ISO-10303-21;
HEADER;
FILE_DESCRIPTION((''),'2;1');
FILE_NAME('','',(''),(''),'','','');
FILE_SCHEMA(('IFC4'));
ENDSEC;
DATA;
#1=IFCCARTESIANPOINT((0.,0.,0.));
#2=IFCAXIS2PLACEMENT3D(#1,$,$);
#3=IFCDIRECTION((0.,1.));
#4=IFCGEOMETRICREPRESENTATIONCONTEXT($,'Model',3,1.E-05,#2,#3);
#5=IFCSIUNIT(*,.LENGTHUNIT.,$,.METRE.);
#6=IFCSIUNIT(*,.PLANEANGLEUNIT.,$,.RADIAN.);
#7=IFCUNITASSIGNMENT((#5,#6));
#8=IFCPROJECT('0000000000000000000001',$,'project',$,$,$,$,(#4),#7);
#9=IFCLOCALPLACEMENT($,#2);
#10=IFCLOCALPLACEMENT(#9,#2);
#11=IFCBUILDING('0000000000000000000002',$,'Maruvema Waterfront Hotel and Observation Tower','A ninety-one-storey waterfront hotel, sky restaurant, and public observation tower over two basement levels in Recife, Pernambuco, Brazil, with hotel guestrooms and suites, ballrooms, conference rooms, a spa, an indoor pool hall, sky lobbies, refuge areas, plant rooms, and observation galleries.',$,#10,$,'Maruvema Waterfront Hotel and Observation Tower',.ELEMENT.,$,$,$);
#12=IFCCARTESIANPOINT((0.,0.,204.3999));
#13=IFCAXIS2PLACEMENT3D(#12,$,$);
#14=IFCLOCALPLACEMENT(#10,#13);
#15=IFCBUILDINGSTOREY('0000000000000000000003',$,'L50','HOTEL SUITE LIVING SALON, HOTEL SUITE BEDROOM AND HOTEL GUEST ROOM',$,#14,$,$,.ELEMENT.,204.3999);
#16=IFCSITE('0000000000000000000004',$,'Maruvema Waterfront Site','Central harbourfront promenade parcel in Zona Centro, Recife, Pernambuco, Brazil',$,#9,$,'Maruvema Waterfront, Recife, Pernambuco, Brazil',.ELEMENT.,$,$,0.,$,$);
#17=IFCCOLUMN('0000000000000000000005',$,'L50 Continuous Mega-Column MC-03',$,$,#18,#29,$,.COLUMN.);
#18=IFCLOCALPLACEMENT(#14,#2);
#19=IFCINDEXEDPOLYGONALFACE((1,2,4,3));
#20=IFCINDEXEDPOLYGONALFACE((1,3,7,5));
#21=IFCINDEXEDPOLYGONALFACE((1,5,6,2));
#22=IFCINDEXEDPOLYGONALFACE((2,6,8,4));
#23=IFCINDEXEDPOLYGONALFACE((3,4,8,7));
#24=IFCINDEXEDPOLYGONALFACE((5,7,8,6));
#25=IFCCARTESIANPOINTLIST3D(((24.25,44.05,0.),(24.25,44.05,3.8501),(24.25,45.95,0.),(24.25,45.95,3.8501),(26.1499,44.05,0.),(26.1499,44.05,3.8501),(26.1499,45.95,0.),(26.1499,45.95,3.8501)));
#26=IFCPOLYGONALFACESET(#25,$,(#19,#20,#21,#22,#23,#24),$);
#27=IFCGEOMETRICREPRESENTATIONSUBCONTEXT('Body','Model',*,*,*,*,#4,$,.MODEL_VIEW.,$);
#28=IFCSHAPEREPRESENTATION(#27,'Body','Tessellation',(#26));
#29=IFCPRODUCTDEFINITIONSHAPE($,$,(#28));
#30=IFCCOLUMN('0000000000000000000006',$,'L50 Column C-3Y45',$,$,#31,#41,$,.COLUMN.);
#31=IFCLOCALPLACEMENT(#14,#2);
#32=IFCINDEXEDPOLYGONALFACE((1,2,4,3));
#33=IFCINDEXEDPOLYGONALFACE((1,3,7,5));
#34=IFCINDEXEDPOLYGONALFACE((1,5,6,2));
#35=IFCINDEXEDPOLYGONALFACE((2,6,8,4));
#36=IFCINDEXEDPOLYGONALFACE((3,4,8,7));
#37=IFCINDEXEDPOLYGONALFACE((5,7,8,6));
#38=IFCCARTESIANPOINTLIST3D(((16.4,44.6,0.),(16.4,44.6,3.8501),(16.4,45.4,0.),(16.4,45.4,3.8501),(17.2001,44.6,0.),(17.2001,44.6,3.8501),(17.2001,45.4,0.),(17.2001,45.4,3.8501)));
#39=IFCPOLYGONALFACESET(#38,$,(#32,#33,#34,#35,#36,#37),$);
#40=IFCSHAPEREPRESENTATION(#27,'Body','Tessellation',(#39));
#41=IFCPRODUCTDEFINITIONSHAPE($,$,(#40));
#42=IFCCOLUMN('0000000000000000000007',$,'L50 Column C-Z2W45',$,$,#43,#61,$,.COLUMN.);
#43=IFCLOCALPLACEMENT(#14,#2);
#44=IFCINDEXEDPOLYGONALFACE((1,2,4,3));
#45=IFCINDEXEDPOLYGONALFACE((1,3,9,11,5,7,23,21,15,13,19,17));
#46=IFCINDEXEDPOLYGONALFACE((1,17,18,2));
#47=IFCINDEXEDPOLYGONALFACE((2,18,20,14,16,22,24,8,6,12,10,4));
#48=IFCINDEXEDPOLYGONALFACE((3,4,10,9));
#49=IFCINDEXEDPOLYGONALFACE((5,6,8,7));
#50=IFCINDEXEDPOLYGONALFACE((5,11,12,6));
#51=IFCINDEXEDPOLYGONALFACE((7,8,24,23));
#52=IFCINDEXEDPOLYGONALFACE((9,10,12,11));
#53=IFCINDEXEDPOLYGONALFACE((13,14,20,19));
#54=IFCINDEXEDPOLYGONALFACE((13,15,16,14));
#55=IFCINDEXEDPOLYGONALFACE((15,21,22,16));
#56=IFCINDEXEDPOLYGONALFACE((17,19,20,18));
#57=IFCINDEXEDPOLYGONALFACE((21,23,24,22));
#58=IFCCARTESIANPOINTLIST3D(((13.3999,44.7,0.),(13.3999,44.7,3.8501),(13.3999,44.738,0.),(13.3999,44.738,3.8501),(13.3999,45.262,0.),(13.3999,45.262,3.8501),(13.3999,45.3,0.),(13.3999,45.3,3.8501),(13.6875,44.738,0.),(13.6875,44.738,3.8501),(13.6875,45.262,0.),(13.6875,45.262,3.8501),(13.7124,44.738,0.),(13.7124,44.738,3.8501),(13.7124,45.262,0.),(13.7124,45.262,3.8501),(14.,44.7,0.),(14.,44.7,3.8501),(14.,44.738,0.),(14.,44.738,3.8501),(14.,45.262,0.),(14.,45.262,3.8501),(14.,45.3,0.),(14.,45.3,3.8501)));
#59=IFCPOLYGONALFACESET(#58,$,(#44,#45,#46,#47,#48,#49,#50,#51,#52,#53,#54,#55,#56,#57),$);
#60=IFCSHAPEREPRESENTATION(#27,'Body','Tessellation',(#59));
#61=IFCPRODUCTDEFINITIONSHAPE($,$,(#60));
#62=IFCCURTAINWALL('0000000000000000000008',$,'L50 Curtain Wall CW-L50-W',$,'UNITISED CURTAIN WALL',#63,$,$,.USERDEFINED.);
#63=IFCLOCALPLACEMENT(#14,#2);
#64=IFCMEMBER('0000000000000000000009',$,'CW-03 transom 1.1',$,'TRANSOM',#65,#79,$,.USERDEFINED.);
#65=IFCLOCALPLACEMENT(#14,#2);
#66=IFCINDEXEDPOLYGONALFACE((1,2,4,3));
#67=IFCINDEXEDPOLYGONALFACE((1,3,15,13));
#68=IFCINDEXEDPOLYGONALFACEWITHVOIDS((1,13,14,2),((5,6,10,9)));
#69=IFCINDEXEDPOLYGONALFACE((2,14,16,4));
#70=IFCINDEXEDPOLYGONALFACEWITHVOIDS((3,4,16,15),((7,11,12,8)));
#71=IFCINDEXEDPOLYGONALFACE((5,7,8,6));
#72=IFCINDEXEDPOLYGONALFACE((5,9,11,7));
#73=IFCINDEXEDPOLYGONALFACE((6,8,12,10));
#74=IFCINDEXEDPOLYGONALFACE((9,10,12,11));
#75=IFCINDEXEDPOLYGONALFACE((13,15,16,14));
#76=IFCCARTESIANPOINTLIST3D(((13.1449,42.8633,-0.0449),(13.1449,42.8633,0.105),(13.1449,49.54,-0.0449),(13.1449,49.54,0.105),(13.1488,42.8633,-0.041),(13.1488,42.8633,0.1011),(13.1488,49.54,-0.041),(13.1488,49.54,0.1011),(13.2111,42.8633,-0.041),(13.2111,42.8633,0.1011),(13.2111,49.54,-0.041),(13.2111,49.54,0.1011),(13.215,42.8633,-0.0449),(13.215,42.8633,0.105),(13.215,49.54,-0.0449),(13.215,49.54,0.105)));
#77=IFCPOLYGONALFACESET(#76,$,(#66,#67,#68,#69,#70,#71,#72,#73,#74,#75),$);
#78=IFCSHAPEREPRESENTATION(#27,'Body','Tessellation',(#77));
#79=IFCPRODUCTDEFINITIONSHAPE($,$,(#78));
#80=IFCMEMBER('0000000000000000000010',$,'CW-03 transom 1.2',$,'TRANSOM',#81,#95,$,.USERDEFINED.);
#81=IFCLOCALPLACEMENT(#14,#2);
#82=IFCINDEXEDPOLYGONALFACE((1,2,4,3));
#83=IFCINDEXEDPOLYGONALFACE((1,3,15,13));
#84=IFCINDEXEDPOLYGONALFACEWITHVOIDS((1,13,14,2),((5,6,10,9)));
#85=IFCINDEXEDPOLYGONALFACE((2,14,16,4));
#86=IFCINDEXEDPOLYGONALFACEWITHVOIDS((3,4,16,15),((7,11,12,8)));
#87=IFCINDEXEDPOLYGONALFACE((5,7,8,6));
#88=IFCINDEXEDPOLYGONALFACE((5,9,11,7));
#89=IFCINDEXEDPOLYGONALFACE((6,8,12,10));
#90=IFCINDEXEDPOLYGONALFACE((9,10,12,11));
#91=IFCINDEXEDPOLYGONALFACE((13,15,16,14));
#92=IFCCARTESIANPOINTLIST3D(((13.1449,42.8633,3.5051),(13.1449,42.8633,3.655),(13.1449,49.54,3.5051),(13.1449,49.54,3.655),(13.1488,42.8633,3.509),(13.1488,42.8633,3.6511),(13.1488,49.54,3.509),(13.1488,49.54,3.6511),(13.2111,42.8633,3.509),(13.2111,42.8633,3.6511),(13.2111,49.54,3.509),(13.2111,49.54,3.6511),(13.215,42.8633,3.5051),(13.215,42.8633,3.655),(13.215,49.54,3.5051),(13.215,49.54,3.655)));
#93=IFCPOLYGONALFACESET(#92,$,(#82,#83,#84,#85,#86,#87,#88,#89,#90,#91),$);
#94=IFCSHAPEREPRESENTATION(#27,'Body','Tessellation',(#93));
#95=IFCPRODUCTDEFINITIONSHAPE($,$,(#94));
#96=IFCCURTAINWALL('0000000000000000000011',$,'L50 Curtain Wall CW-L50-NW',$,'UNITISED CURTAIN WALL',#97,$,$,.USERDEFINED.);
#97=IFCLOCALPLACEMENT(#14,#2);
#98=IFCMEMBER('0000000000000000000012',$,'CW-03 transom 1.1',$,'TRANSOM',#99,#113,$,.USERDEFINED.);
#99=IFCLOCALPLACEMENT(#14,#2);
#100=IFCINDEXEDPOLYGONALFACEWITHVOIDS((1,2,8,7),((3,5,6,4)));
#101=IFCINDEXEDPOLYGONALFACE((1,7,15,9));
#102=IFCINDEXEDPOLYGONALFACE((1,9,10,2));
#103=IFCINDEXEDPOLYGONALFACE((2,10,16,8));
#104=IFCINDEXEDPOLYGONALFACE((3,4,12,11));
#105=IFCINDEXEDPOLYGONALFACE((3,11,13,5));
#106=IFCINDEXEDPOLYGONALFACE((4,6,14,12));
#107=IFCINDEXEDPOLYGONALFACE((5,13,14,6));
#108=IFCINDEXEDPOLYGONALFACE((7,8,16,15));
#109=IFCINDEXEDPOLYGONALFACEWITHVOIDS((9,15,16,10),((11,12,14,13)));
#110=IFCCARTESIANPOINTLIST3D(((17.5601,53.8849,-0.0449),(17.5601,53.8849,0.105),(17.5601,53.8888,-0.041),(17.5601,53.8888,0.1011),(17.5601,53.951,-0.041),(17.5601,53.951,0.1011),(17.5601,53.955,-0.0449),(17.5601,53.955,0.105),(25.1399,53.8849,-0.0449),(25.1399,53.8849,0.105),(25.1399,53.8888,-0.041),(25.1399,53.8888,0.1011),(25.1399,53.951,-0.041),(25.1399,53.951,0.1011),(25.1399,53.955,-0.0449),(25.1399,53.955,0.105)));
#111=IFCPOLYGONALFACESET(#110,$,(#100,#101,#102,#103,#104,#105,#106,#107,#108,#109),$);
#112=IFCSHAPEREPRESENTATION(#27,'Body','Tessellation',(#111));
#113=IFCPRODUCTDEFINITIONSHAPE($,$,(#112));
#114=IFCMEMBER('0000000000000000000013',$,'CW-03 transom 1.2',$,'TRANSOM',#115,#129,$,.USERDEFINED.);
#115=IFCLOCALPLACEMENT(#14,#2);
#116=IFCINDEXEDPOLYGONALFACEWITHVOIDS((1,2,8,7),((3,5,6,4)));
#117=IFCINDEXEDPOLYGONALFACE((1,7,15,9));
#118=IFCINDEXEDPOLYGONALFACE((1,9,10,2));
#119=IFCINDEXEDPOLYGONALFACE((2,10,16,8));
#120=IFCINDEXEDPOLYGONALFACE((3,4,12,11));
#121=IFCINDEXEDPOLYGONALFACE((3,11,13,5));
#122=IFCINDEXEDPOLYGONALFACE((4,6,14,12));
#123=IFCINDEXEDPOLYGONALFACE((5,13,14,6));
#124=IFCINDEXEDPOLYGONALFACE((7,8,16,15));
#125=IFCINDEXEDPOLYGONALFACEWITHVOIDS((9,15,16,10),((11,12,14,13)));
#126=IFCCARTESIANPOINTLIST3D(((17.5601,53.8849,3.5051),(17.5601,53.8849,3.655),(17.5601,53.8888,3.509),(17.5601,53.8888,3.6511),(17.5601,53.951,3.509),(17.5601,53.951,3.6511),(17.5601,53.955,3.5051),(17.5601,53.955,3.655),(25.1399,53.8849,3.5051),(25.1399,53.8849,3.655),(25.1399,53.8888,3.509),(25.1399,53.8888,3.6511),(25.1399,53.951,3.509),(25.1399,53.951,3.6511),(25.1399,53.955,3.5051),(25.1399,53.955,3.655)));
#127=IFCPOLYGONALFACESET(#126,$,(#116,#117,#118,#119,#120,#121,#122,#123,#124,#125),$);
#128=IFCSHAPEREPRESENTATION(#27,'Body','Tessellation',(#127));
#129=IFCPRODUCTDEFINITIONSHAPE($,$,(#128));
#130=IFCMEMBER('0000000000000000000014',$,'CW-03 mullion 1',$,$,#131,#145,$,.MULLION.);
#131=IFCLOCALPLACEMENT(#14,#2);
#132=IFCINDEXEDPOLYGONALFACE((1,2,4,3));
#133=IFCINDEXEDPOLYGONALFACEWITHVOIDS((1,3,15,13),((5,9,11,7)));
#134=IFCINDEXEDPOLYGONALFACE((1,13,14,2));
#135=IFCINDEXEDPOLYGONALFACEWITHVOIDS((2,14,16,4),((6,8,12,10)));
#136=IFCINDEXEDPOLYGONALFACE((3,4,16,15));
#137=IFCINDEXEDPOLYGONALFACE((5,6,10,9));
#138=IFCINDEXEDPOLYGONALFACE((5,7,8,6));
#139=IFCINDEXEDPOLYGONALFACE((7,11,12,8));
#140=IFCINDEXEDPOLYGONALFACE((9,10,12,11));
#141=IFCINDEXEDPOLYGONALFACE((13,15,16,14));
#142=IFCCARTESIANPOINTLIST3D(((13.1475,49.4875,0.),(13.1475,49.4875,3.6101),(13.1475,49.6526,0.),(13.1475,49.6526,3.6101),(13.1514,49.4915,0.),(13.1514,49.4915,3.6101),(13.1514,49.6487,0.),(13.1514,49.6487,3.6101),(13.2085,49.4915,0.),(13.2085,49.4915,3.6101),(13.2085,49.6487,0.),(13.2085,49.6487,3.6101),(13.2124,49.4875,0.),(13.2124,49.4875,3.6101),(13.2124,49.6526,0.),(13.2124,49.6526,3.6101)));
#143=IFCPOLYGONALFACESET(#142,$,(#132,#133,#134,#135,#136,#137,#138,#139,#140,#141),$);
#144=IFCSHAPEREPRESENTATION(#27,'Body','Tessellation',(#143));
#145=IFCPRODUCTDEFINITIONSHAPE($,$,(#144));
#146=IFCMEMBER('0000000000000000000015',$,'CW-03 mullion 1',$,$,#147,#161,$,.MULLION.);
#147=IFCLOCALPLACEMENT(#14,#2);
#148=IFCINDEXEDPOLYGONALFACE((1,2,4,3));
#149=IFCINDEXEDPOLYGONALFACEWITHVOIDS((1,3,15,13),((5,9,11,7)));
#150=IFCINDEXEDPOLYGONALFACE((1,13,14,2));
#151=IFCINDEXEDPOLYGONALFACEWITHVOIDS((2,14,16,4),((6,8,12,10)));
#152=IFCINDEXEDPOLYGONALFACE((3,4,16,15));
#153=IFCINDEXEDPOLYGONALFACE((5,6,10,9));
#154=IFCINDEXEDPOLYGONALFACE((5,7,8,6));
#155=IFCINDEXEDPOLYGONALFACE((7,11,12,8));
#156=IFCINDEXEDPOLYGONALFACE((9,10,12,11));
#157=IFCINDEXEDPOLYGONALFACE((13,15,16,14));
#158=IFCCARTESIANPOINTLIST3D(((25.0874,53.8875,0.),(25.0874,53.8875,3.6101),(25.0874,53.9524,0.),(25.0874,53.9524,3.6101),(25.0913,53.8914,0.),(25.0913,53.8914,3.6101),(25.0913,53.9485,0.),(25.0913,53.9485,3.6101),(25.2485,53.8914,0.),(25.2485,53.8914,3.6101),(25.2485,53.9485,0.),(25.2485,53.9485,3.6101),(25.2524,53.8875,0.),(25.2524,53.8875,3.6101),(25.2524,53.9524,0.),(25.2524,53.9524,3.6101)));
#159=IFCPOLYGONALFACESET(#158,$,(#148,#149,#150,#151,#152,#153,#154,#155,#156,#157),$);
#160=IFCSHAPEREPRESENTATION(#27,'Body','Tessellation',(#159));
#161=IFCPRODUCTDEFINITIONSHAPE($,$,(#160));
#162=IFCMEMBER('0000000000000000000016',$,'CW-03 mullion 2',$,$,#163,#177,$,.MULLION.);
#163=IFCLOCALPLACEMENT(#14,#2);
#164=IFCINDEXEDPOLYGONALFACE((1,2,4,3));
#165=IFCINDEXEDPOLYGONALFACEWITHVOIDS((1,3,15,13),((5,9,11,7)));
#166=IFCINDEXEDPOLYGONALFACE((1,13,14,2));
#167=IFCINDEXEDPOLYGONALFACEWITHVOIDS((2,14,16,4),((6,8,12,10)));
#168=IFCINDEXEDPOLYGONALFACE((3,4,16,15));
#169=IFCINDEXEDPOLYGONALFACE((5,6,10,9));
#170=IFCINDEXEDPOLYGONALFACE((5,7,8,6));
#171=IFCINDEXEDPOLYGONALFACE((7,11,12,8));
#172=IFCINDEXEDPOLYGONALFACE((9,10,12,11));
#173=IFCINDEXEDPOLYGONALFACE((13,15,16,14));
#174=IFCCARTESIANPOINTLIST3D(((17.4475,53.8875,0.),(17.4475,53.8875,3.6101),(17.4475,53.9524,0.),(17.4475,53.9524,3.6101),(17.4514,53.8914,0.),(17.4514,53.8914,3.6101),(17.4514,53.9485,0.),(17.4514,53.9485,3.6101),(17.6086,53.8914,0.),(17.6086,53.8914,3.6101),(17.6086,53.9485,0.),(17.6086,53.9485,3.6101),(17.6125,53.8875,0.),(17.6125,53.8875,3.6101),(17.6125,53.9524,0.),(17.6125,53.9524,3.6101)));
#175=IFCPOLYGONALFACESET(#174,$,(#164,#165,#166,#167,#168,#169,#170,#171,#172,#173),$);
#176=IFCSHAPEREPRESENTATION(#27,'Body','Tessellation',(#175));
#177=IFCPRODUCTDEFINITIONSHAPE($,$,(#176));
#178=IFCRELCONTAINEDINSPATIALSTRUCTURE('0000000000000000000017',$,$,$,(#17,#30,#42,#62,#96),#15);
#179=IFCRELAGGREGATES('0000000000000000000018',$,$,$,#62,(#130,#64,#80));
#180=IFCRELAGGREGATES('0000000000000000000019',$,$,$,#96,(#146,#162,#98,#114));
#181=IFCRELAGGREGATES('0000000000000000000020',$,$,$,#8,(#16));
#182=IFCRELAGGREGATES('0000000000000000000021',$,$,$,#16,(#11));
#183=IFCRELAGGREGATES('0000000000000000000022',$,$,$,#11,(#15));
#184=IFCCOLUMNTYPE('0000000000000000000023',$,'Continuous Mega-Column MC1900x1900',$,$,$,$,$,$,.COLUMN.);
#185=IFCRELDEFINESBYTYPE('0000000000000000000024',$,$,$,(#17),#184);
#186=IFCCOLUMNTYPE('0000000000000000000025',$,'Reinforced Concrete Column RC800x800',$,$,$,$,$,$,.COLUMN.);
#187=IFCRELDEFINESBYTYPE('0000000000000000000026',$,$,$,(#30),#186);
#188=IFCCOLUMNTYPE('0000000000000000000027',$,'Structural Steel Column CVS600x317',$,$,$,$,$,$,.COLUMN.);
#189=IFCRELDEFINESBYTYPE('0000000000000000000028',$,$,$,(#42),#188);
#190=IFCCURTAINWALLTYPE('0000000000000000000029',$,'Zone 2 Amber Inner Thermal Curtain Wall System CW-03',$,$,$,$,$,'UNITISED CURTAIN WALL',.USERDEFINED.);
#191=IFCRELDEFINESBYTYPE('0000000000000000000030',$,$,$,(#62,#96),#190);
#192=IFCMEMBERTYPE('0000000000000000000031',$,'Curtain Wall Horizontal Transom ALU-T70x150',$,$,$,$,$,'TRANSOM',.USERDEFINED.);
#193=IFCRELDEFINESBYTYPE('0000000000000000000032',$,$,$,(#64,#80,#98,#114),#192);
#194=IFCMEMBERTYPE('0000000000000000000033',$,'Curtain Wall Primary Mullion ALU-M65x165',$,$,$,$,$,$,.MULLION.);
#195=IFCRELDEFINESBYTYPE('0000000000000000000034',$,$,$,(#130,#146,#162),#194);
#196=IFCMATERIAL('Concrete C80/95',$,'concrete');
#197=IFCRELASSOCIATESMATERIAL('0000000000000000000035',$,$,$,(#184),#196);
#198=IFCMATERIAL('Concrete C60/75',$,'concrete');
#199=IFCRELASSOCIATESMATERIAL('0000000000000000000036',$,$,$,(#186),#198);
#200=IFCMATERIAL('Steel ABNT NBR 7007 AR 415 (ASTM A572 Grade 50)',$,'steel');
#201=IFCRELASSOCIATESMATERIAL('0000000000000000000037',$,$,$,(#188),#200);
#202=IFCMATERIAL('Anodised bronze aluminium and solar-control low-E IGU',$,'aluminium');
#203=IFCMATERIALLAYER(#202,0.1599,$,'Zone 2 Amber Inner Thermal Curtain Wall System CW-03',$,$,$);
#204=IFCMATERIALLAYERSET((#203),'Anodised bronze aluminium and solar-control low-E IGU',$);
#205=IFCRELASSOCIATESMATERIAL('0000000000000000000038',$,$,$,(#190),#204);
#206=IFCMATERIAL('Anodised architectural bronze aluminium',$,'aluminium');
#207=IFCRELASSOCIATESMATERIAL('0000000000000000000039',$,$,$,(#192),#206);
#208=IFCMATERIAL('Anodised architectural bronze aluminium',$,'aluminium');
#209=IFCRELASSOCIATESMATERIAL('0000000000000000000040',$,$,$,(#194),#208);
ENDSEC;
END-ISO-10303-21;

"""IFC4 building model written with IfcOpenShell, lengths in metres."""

from ifc_helpers import new_model, si_unit, direction, frame, origin, origin_2d, place, context, subcontext, project, spatial, rectangle, hollow_rectangle, i_section, extrude, material, layer, layer_set, material_profile, profile_set, type_object, element, aggregate, save


model = new_model("IFC4")

# Units and contexts
model_context = context("Model", 3, precision=1e-05, world=origin(), true_north=direction((0.0, 1.0)))
body_context = subcontext(model_context, "Body", "Model", "MODEL_VIEW")
ifc_project = project(units=[si_unit("LENGTHUNIT", "METRE"), si_unit("PLANEANGLEUNIT", "RADIAN")], contexts=[model_context])

# Site, building, storey
site_placement = place(None, origin())
site = spatial("IfcSite", under=ifc_project, at=site_placement, Name="Maruvema Waterfront Site", Description="Central harbourfront promenade parcel in Zona Centro, Recife, Pernambuco, Brazil", LongName="Maruvema Waterfront, Recife, Pernambuco, Brazil", CompositionType="ELEMENT", RefElevation=0.0)
building_placement = place(site_placement, origin())
building = spatial("IfcBuilding", under=site, at=building_placement, Name="Maruvema Waterfront Hotel and Observation Tower", Description="A ninety-one-storey waterfront hotel, sky restaurant, and public observation tower over two basement levels in Recife, Pernambuco, Brazil, with hotel guestrooms and suites, ballrooms, conference rooms, a spa, an indoor pool hall, sky lobbies, refuge areas, plant rooms, and observation galleries.", LongName="Maruvema Waterfront Hotel and Observation Tower", CompositionType="ELEMENT")
storey_placement = place(building_placement, frame((0.0, 0.0, 204.3999)))
storey = spatial("IfcBuildingStorey", under=building, at=storey_placement, Name="L50", Description="HOTEL SUITE LIVING SALON, HOTEL SUITE BEDROOM AND HOTEL GUEST ROOM", CompositionType="ELEMENT", Elevation=204.3999)

# Columns
ifc_material_1 = material(Name="Concrete C80/95", Category="concrete")
ifc_material_profile_1 = material_profile(ifc_material_1, rectangle(XDim=1.8999, YDim=1.8999, at=origin_2d()), Name="MC1900x1900")
ifc_profile_set_1 = profile_set([ifc_material_profile_1], Name="Concrete C80/95")
column_type_1 = type_object("IfcColumnType", Name="Continuous Mega-Column MC1900x1900", PredefinedType="COLUMN", material=ifc_profile_set_1)
column_1_placement = place(storey_placement, frame((25.2, 45.0, 0.0), z_axis=(0.0, 0.0, 1.0), x_axis=(1.0, 0.0, 0.0)))
element("IfcColumn", 1, at=column_1_placement, inside=storey, type_object=column_type_1, Name="L50 Continuous Mega-Column MC-03", PredefinedType="COLUMN", context=body_context, shape_type="SweptSolid", body=[
    extrude(rectangle(XDim=1.8999, YDim=1.8999, at=origin_2d()), origin(), (0.0, 0.0, 1.0), 3.8501),
])
ifc_material_2 = material(Name="Concrete C60/75", Category="concrete")
ifc_material_profile_2 = material_profile(ifc_material_2, rectangle(XDim=0.8, YDim=0.8, at=origin_2d()), Name="RC800x800")
ifc_profile_set_2 = profile_set([ifc_material_profile_2], Name="Concrete C60/75")
column_type_2 = type_object("IfcColumnType", Name="Reinforced Concrete Column RC800x800", PredefinedType="COLUMN", material=ifc_profile_set_2)
column_2_placement = place(storey_placement, frame((16.8, 45.0, 0.0), z_axis=(0.0, 0.0, 1.0), x_axis=(1.0, 0.0, 0.0)))
element("IfcColumn", 2, at=column_2_placement, inside=storey, type_object=column_type_2, Name="L50 Column C-3Y45", PredefinedType="COLUMN", context=body_context, shape_type="SweptSolid", body=[
    extrude(rectangle(XDim=0.8, YDim=0.8, at=origin_2d()), origin(), (0.0, 0.0, 1.0), 3.8501),
])
ifc_material_3 = material(Name="Steel ABNT NBR 7007 AR 415 (ASTM A572 Grade 50)", Category="steel")
ifc_material_profile_3 = material_profile(ifc_material_3, i_section(OverallWidth=0.6001, OverallDepth=0.6001, WebThickness=0.0249, FlangeThickness=0.0381, at=origin_2d()), Name="CVS600x317")
ifc_profile_set_3 = profile_set([ifc_material_profile_3], Name="Steel ABNT NBR 7007 AR 415 (ASTM A572 Grade 50)")
column_type_3 = type_object("IfcColumnType", Name="Structural Steel Column CVS600x317", PredefinedType="COLUMN", material=ifc_profile_set_3)
column_3_placement = place(storey_placement, frame((13.7, 45.0, 0.0), z_axis=(0.0, 0.0, 1.0), x_axis=(1.0, 0.0, 0.0)))
element("IfcColumn", 3, at=column_3_placement, inside=storey, type_object=column_type_3, Name="L50 Column C-Z2W45", PredefinedType="COLUMN", context=body_context, shape_type="SweptSolid", body=[
    extrude(i_section(OverallWidth=0.6001, OverallDepth=0.6001, WebThickness=0.0249, FlangeThickness=0.0381, at=origin_2d()), origin(), (0.0, 0.0, 1.0), 3.8501),
])

# Curtain walls, members
ifc_material_4 = material(Name="Anodised bronze aluminium and solar-control low-E IGU", Category="aluminium")
ifc_layer_1 = layer(ifc_material_4, 0.1599, Name="Zone 2 Amber Inner Thermal Curtain Wall System CW-03")
ifc_layer_set_1 = layer_set([ifc_layer_1], Name="Anodised bronze aluminium and solar-control low-E IGU")
curtain_wall_type = type_object("IfcCurtainWallType", Name="Zone 2 Amber Inner Thermal Curtain Wall System CW-03", ElementType="UNITISED CURTAIN WALL", PredefinedType="USERDEFINED", material=ifc_layer_set_1)
curtain_wall_1_placement = place(storey_placement, origin())
curtain_wall_1 = element("IfcCurtainWall", 4, at=curtain_wall_1_placement, inside=storey, type_object=curtain_wall_type, Name="L50 Curtain Wall CW-L50-W", ObjectType="UNITISED CURTAIN WALL", PredefinedType="USERDEFINED")
ifc_material_5 = material(Name="Anodised architectural bronze aluminium", Category="aluminium")
ifc_material_profile_4 = material_profile(ifc_material_5, hollow_rectangle(XDim=0.0701, YDim=0.1499, WallThickness=0.0039, at=origin_2d()), Name="ALU-T70x150")
ifc_profile_set_4 = profile_set([ifc_material_profile_4], Name="Anodised architectural bronze aluminium")
member_type_1 = type_object("IfcMemberType", Name="Curtain Wall Horizontal Transom ALU-T70x150", ElementType="TRANSOM", PredefinedType="USERDEFINED", material=ifc_profile_set_4)
member_1_placement = place(storey_placement, frame((13.1799, 49.54, 0.03), z_axis=(0.0, -1.0, 0.0), x_axis=(1.0, 0.0, 0.0)))
member_1 = element("IfcMember", 5, at=member_1_placement, type_object=member_type_1, Name="CW-03 transom 1.1", ObjectType="TRANSOM", PredefinedType="USERDEFINED", context=body_context, shape_type="SweptSolid", body=[
    extrude(hollow_rectangle(XDim=0.0701, YDim=0.1499, WallThickness=0.0039, at=origin_2d()), origin(), (0.0, 0.0, 1.0), 6.6768),
])
member_2_placement = place(storey_placement, frame((13.1799, 49.54, 3.5801), z_axis=(0.0, -1.0, 0.0), x_axis=(1.0, 0.0, 0.0)))
member_2 = element("IfcMember", 6, at=member_2_placement, type_object=member_type_1, Name="CW-03 transom 1.2", ObjectType="TRANSOM", PredefinedType="USERDEFINED", context=body_context, shape_type="SweptSolid", body=[
    extrude(hollow_rectangle(XDim=0.0701, YDim=0.1499, WallThickness=0.0039, at=origin_2d()), origin(), (0.0, 0.0, 1.0), 6.6768),
])
curtain_wall_2_placement = place(storey_placement, origin())
curtain_wall_2 = element("IfcCurtainWall", 7, at=curtain_wall_2_placement, inside=storey, type_object=curtain_wall_type, Name="L50 Curtain Wall CW-L50-NW", ObjectType="UNITISED CURTAIN WALL", PredefinedType="USERDEFINED")
member_3_placement = place(storey_placement, frame((25.1399, 53.9199, 0.03), z_axis=(-1.0, 0.0, 0.0), x_axis=(0.0, -1.0, 0.0)))
member_3 = element("IfcMember", 8, at=member_3_placement, type_object=member_type_1, Name="CW-03 transom 1.1", ObjectType="TRANSOM", PredefinedType="USERDEFINED", context=body_context, shape_type="SweptSolid", body=[
    extrude(hollow_rectangle(XDim=0.0701, YDim=0.1499, WallThickness=0.0039, at=origin_2d()), origin(), (0.0, 0.0, 1.0), 7.5798),
])
member_4_placement = place(storey_placement, frame((25.1399, 53.9199, 3.5801), z_axis=(-1.0, 0.0, 0.0), x_axis=(0.0, -1.0, 0.0)))
member_4 = element("IfcMember", 9, at=member_4_placement, type_object=member_type_1, Name="CW-03 transom 1.2", ObjectType="TRANSOM", PredefinedType="USERDEFINED", context=body_context, shape_type="SweptSolid", body=[
    extrude(hollow_rectangle(XDim=0.0701, YDim=0.1499, WallThickness=0.0039, at=origin_2d()), origin(), (0.0, 0.0, 1.0), 7.5798),
])

# Members
ifc_material_6 = material(Name="Anodised architectural bronze aluminium", Category="aluminium")
ifc_material_profile_5 = material_profile(ifc_material_6, hollow_rectangle(XDim=0.0649, YDim=0.165, WallThickness=0.0039, at=origin_2d()), Name="ALU-M65x165")
ifc_profile_set_5 = profile_set([ifc_material_profile_5], Name="Anodised architectural bronze aluminium")
member_type_2 = type_object("IfcMemberType", Name="Curtain Wall Primary Mullion ALU-M65x165", PredefinedType="MULLION", material=ifc_profile_set_5)
member_5_placement = place(storey_placement, frame((13.1799, 49.5701, 0.0), z_axis=(0.0, 0.0, 1.0), x_axis=(1.0, 0.0, 0.0)))
member_5 = element("IfcMember", 10, at=member_5_placement, type_object=member_type_2, Name="CW-03 mullion 1", PredefinedType="MULLION", context=body_context, shape_type="SweptSolid", body=[
    extrude(hollow_rectangle(XDim=0.0649, YDim=0.165, WallThickness=0.0039, at=origin_2d()), origin(), (0.0, 0.0, 1.0), 3.6101),
])
member_6_placement = place(storey_placement, frame((25.1699, 53.9199, 0.0), z_axis=(0.0, 0.0, 1.0), x_axis=(0.0, -1.0, 0.0)))
member_6 = element("IfcMember", 11, at=member_6_placement, type_object=member_type_2, Name="CW-03 mullion 1", PredefinedType="MULLION", context=body_context, shape_type="SweptSolid", body=[
    extrude(hollow_rectangle(XDim=0.0649, YDim=0.165, WallThickness=0.0039, at=origin_2d()), origin(), (0.0, 0.0, 1.0), 3.6101),
])
member_7_placement = place(storey_placement, frame((17.53, 53.9199, 0.0), z_axis=(0.0, 0.0, 1.0), x_axis=(0.0, -1.0, 0.0)))
member_7 = element("IfcMember", 12, at=member_7_placement, type_object=member_type_2, Name="CW-03 mullion 2", PredefinedType="MULLION", context=body_context, shape_type="SweptSolid", body=[
    extrude(hollow_rectangle(XDim=0.0649, YDim=0.165, WallThickness=0.0039, at=origin_2d()), origin(), (0.0, 0.0, 1.0), 3.6101),
])

aggregate(curtain_wall_1, [member_5, member_1, member_2])
aggregate(curtain_wall_2, [member_6, member_7, member_3, member_4])

save(model, "model.ifc")
